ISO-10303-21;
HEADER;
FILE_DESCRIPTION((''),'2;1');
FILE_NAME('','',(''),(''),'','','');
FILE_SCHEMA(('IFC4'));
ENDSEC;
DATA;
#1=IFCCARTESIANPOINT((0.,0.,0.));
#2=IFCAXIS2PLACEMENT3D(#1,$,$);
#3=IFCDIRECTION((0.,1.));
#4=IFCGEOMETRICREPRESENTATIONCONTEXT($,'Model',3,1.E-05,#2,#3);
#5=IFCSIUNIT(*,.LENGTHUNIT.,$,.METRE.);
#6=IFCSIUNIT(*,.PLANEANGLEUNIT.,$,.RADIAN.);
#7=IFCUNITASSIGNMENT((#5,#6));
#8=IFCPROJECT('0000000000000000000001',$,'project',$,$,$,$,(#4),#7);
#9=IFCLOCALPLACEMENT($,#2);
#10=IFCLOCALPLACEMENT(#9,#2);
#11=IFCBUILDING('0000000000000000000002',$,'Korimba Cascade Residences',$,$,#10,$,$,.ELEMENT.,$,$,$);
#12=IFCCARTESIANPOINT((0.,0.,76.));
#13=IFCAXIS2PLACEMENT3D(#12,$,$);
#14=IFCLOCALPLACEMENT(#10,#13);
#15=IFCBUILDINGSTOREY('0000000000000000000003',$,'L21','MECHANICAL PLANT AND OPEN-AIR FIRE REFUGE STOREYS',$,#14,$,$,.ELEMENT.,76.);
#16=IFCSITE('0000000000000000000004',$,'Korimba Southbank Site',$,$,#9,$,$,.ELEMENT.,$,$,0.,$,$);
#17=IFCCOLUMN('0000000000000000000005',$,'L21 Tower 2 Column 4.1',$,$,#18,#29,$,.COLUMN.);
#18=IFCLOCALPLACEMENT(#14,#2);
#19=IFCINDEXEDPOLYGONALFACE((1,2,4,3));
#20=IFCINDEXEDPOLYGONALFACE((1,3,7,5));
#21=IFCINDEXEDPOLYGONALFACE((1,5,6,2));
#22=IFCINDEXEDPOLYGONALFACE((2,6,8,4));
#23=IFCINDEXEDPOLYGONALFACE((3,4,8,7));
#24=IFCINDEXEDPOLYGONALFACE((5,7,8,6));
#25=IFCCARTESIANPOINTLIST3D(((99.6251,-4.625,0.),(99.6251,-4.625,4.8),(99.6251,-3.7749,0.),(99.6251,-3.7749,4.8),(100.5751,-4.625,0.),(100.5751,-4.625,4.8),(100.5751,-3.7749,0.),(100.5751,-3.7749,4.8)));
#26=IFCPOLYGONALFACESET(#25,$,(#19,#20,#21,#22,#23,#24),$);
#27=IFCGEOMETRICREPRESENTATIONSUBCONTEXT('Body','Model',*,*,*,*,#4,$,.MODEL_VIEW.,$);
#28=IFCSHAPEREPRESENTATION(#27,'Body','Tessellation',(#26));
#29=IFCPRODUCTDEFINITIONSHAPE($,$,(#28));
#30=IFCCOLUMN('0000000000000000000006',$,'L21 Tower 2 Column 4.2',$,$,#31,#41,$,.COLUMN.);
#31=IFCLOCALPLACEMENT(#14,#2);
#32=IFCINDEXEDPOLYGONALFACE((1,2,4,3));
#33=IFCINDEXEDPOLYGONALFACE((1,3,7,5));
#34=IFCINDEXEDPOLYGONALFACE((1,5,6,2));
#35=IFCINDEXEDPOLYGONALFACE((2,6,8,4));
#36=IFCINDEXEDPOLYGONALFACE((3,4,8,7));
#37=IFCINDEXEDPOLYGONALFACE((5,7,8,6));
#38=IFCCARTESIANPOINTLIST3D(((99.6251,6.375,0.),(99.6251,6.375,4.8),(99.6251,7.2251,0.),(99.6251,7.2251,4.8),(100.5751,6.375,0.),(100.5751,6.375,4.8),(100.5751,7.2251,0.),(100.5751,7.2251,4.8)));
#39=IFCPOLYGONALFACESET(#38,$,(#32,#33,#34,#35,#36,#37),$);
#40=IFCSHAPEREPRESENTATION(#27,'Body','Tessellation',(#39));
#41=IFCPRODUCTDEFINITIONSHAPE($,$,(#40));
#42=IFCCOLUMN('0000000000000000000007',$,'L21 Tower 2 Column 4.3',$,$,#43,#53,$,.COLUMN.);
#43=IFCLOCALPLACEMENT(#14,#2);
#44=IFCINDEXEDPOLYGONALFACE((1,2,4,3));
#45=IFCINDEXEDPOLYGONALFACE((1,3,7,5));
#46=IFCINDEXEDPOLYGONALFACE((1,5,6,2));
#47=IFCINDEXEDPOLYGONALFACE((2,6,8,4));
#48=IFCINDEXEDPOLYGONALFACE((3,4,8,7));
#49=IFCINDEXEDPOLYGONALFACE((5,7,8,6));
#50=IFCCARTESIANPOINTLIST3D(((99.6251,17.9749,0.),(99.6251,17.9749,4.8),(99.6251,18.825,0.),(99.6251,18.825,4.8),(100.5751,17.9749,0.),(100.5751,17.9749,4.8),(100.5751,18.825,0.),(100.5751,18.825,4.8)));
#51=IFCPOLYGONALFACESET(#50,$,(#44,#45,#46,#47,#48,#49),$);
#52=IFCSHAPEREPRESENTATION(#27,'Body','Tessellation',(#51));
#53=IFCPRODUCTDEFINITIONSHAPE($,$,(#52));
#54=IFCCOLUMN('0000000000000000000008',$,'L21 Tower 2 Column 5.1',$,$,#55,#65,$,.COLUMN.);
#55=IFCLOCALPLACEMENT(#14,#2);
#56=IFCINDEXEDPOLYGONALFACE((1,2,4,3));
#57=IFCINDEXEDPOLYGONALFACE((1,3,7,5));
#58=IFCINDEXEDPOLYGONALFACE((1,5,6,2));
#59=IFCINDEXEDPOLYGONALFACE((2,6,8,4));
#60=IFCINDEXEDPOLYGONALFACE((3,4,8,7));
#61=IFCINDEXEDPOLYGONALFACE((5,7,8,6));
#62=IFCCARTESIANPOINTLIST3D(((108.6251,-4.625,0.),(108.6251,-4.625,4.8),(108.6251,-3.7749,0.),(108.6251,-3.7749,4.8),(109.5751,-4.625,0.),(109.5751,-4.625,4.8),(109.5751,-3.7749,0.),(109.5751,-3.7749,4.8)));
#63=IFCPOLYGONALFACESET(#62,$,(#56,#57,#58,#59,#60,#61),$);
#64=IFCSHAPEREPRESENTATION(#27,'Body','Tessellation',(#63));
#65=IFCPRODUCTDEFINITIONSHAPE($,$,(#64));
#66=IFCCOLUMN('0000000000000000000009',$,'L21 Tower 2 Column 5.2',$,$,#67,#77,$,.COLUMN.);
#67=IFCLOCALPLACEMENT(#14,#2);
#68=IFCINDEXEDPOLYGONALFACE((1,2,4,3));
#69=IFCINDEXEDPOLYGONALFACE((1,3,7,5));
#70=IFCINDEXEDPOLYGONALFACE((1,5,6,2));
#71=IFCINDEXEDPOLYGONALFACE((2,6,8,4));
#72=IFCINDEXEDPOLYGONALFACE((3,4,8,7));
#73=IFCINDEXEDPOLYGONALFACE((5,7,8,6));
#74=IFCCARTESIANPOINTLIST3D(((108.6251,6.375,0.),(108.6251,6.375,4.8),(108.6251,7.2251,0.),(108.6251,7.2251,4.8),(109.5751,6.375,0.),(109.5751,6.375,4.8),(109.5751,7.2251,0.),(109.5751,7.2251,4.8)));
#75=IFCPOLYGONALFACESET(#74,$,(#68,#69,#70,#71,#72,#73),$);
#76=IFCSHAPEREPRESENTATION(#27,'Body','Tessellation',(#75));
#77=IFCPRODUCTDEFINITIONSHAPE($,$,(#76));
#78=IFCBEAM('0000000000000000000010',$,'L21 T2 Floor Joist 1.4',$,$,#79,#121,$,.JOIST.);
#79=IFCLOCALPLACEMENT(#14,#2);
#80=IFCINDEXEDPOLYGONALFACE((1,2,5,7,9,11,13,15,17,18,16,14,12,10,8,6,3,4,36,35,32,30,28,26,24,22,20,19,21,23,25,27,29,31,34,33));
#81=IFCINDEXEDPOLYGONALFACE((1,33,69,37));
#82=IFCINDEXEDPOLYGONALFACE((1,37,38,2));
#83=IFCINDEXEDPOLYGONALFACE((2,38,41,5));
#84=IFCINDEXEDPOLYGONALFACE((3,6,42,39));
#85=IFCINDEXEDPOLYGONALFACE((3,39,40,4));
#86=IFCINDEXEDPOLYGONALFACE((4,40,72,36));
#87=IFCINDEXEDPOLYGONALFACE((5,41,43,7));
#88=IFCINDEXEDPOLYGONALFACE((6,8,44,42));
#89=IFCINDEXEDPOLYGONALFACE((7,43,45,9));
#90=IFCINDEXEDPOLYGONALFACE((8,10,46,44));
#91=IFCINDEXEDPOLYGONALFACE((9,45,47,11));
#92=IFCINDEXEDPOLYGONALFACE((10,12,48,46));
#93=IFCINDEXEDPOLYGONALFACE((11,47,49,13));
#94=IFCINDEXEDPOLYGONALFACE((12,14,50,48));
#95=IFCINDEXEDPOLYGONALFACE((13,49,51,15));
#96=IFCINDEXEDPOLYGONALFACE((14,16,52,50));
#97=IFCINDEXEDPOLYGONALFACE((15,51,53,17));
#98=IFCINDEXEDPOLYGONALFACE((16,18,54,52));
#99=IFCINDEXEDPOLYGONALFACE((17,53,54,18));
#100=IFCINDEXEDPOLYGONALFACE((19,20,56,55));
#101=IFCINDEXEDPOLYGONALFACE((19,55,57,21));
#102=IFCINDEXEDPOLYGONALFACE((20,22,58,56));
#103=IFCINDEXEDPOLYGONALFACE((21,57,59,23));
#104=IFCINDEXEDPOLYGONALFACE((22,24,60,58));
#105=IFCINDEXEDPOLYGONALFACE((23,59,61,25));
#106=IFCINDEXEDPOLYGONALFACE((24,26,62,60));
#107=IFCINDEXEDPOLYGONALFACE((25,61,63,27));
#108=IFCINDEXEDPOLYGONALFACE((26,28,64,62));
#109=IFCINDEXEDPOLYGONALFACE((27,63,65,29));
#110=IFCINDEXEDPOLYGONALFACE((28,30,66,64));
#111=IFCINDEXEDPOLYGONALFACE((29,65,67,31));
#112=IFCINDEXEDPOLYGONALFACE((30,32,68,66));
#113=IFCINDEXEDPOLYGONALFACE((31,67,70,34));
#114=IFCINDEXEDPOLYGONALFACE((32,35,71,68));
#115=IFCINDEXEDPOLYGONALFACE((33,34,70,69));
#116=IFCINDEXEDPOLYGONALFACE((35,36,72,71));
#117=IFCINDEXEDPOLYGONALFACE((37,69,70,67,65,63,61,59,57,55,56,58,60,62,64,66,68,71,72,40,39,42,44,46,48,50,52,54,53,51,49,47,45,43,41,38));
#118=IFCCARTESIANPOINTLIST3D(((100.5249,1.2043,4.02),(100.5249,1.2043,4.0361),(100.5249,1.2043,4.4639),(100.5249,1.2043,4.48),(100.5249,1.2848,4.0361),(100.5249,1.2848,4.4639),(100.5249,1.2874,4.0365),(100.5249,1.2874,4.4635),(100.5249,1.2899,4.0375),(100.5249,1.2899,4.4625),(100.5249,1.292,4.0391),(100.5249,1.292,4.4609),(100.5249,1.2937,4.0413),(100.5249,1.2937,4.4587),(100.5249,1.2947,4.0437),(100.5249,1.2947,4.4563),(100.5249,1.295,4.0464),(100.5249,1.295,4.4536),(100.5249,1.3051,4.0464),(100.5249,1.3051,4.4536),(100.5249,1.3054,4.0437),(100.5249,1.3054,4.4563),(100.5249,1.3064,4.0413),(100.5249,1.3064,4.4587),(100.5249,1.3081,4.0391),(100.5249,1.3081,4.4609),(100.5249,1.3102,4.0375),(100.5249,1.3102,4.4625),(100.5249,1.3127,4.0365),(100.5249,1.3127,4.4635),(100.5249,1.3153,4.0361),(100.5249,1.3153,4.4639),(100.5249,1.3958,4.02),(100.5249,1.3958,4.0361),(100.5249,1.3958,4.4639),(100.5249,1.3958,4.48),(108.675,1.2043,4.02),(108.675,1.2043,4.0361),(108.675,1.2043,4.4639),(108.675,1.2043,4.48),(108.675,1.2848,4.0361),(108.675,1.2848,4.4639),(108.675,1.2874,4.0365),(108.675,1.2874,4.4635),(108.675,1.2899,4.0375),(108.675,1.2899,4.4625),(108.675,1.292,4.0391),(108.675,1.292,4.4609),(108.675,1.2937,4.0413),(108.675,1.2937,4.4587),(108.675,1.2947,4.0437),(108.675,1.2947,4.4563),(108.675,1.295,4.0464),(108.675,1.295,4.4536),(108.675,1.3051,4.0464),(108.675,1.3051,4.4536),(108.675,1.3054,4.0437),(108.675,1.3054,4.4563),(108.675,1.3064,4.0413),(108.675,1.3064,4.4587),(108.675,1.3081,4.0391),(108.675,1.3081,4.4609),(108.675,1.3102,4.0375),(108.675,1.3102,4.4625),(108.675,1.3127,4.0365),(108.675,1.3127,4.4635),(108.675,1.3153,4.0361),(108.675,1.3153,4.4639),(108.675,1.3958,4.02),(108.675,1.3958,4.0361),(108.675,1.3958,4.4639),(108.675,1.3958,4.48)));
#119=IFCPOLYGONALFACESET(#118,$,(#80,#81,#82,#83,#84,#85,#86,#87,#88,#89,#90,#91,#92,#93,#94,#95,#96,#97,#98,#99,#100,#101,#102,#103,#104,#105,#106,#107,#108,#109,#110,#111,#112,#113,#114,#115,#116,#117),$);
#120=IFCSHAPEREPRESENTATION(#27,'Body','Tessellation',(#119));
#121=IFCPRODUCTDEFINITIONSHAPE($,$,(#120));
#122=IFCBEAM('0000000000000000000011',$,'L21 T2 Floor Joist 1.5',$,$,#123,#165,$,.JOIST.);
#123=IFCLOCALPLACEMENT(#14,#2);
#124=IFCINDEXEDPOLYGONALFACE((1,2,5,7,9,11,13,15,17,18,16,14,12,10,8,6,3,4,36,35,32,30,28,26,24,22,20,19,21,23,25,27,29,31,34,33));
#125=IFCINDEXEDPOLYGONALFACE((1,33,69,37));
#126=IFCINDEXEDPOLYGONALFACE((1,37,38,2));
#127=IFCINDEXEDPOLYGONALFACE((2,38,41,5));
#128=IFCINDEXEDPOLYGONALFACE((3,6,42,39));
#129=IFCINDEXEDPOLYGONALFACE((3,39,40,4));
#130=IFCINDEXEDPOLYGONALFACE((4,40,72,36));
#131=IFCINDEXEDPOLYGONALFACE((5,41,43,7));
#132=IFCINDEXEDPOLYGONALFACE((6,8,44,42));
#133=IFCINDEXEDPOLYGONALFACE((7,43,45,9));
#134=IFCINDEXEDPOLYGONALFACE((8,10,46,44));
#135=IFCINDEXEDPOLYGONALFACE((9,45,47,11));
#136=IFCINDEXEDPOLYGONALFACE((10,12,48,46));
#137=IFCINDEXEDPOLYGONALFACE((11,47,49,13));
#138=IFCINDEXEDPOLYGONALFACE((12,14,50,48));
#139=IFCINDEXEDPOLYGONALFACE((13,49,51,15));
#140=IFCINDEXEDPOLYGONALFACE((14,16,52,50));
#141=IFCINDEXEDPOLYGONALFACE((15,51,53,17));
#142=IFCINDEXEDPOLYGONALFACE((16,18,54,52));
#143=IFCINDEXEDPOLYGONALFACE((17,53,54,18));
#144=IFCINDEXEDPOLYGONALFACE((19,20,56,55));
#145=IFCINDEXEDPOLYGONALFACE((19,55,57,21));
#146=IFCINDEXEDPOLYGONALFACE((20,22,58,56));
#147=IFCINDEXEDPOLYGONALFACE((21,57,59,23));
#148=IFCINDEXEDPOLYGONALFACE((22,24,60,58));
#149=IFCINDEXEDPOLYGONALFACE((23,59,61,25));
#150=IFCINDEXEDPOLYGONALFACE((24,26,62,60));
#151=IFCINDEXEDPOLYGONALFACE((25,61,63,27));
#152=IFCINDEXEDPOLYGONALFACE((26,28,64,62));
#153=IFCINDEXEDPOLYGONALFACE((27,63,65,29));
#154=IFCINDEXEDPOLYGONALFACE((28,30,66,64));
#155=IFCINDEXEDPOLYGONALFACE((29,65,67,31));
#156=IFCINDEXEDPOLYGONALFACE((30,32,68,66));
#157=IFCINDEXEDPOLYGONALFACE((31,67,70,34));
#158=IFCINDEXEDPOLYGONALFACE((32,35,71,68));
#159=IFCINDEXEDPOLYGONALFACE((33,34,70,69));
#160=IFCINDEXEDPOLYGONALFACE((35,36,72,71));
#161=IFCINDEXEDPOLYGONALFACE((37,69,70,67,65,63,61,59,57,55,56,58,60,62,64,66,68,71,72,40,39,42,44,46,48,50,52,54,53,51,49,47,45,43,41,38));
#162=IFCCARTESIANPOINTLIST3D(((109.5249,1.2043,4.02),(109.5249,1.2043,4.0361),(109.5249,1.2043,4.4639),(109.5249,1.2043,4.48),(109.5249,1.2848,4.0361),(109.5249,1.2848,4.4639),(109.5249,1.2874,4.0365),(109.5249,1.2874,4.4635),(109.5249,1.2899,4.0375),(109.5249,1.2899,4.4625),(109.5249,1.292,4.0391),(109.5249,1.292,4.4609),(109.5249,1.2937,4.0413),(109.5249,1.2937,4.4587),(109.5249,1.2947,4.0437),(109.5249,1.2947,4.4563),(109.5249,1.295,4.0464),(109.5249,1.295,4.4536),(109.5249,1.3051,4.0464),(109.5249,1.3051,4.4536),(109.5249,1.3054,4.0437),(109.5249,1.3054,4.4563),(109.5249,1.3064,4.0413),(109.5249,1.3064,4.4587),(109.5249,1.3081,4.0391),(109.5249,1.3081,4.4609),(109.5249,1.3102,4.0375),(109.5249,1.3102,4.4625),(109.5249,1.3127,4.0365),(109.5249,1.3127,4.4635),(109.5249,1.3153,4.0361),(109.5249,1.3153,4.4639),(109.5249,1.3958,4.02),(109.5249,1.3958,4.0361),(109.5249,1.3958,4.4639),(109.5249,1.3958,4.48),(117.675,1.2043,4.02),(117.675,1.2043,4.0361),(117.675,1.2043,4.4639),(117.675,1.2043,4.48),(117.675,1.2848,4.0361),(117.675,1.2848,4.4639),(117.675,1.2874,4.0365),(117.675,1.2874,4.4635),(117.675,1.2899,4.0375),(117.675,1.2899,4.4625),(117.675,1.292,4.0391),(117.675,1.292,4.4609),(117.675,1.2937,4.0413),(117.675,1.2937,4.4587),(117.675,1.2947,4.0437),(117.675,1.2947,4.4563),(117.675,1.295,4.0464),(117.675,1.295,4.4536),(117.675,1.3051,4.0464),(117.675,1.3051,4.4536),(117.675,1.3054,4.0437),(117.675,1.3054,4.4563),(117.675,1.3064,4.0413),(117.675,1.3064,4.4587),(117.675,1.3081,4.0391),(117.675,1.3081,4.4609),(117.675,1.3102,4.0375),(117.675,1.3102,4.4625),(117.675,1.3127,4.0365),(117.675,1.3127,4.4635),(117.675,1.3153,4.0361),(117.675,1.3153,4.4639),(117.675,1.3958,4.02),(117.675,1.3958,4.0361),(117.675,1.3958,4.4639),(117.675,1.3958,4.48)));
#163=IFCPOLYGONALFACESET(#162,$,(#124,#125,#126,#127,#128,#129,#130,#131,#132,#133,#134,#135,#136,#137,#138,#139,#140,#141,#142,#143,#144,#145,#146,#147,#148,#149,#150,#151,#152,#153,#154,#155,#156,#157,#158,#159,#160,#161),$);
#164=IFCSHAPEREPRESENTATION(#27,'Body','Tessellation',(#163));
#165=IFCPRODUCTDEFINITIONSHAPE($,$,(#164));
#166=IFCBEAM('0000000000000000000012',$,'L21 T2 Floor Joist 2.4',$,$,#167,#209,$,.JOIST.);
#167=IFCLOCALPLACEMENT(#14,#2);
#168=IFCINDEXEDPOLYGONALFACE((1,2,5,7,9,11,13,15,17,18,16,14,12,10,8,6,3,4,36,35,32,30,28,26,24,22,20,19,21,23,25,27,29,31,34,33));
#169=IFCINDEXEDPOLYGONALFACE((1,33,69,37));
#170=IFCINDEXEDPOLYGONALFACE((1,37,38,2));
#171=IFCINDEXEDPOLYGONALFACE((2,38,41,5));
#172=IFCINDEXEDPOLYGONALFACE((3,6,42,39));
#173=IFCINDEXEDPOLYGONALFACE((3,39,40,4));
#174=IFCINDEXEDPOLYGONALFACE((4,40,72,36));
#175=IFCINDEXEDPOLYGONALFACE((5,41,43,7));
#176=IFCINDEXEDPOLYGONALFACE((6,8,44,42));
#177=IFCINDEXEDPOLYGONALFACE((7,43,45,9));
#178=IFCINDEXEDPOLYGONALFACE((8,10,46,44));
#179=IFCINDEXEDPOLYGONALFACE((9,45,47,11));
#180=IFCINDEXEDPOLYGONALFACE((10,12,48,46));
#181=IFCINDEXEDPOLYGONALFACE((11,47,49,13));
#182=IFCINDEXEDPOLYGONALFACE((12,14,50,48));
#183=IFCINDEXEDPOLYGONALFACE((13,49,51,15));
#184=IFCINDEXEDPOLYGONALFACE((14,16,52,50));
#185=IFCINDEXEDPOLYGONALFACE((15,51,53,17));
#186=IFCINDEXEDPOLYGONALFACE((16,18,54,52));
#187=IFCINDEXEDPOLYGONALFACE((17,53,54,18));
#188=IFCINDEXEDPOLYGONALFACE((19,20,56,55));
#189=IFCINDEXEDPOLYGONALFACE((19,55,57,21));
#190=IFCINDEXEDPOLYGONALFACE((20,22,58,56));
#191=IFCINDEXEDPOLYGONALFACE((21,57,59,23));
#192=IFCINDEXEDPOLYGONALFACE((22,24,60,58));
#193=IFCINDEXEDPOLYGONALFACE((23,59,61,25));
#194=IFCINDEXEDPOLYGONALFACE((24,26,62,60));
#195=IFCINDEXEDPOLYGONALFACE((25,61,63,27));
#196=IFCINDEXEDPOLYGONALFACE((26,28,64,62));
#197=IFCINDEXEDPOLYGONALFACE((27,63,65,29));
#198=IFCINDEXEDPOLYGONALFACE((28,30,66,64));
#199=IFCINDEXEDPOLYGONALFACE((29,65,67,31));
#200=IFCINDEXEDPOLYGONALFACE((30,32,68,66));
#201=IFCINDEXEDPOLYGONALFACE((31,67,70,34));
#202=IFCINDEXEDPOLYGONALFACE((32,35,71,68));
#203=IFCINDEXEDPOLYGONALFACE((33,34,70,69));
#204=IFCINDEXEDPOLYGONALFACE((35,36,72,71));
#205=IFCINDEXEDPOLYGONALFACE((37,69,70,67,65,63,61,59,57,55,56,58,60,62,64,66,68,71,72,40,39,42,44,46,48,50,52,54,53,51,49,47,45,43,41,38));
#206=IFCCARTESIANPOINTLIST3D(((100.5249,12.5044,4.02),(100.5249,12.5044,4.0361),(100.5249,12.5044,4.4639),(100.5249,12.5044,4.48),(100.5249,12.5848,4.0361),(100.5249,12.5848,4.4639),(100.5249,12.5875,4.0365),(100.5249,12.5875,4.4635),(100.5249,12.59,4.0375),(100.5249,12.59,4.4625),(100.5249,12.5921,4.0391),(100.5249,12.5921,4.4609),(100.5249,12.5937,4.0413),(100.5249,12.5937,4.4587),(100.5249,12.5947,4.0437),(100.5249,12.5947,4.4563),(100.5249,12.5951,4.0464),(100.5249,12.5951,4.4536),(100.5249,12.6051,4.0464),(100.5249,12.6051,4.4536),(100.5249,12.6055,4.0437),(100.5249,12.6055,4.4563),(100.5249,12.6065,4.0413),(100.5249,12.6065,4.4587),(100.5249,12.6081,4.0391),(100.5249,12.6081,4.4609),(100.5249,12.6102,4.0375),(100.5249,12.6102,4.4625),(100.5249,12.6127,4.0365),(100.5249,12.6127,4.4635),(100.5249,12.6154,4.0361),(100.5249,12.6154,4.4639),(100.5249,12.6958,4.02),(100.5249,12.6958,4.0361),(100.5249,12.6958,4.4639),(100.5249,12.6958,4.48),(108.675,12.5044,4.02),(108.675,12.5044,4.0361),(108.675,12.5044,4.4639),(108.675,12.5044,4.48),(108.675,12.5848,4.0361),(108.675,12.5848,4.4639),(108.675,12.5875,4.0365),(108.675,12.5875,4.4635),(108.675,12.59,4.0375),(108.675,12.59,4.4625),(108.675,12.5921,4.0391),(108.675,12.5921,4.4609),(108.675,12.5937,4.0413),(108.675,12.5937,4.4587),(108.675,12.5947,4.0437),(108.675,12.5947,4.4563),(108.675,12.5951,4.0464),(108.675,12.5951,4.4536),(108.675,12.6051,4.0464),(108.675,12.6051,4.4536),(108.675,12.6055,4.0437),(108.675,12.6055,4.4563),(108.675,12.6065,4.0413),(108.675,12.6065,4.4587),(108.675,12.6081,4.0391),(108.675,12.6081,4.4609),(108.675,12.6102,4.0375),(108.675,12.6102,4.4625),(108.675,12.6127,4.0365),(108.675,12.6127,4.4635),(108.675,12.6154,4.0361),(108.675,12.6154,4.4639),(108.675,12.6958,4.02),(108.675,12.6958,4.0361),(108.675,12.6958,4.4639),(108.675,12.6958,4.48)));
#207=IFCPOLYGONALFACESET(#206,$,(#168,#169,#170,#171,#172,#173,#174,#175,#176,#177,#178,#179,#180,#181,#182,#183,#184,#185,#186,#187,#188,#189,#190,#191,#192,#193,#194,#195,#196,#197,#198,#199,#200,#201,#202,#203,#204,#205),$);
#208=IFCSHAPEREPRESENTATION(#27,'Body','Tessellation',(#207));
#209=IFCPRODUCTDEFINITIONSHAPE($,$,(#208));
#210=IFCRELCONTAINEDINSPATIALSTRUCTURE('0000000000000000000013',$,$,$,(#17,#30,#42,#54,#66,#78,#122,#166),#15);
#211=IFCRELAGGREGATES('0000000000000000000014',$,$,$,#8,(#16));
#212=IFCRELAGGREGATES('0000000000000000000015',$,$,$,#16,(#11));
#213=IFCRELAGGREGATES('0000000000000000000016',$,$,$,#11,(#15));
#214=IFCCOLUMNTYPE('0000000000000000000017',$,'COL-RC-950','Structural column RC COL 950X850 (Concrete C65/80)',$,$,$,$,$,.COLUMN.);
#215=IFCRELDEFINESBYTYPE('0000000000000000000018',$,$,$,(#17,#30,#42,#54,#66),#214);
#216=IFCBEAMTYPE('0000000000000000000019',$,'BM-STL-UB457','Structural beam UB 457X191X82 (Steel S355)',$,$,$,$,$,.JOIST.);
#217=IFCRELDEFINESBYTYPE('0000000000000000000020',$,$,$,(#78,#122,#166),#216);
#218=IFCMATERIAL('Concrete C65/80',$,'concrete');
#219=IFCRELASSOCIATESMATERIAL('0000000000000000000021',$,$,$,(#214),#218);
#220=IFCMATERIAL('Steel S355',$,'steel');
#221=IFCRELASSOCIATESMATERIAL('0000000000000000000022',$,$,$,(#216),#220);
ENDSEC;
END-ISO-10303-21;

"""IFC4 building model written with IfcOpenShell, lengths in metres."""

from ifc_helpers import new_model, si_unit, direction, frame, origin, origin_2d, place, context, subcontext, project, spatial, rectangle, i_section, extrude, material, material_profile, profile_set, type_object, element, save


model = new_model("IFC4")

# Units and contexts
model_context = context("Model", 3, precision=1e-05, world=origin(), true_north=direction((0.0, 1.0)))
body_context = subcontext(model_context, "Body", "Model", "MODEL_VIEW")
ifc_project = project(units=[si_unit("LENGTHUNIT", "METRE"), si_unit("PLANEANGLEUNIT", "RADIAN")], contexts=[model_context])

# Site, building, storey
site_placement = place(None, origin())
site = spatial("IfcSite", under=ifc_project, at=site_placement, Name="Korimba Southbank Site", CompositionType="ELEMENT", RefElevation=0.0)
building_placement = place(site_placement, origin())
building = spatial("IfcBuilding", under=site, at=building_placement, Name="Korimba Cascade Residences", CompositionType="ELEMENT")
storey_placement = place(building_placement, frame((0.0, 0.0, 76.0)))
storey = spatial("IfcBuildingStorey", under=building, at=storey_placement, Name="L21", Description="MECHANICAL PLANT AND OPEN-AIR FIRE REFUGE STOREYS", CompositionType="ELEMENT", Elevation=76.0)

# Columns
ifc_material_1 = material(Name="Concrete C65/80", Category="concrete")
ifc_material_profile_1 = material_profile(ifc_material_1, rectangle(XDim=0.95, YDim=0.8501, at=origin_2d()), Name="Concrete C65/80")
ifc_profile_set_1 = profile_set([ifc_material_profile_1], Name="Concrete C65/80")
column_type = type_object("IfcColumnType", Name="COL-RC-950", Description="Structural column RC COL 950X850 (Concrete C65/80)", PredefinedType="COLUMN", material=ifc_profile_set_1)
for number, where, z_axis, x_axis, name in (
    (1, (100.1001, -4.2, 0.0), (0.0, 0.0, 1.0), (1.0, 0.0, 0.0), "L21 Tower 2 Column 4.1"),
    (2, (100.1001, 6.8, 0.0), (0.0, 0.0, 1.0), (1.0, 0.0, 0.0), "L21 Tower 2 Column 4.2"),
    (3, (100.1001, 18.3999, 0.0), (0.0, 0.0, 1.0), (1.0, 0.0, 0.0), "L21 Tower 2 Column 4.3"),
    (4, (109.1001, -4.2, 0.0), (0.0, 0.0, 1.0), (1.0, 0.0, 0.0), "L21 Tower 2 Column 5.1"),
    (5, (109.1001, 6.8, 0.0), (0.0, 0.0, 1.0), (1.0, 0.0, 0.0), "L21 Tower 2 Column 5.2"),
):
    element("IfcColumn", number, at=place(storey_placement, frame(where, z_axis=z_axis, x_axis=x_axis)), inside=storey, type_object=column_type, Name=name, PredefinedType="COLUMN", context=body_context, shape_type="SweptSolid", body=[
        extrude(rectangle(XDim=0.95, YDim=0.8501, at=origin_2d()), origin(), (0.0, 0.0, 1.0), 4.8),
    ])

# Beams
ifc_material_2 = material(Name="Steel S355", Category="steel")
ifc_material_profile_2 = material_profile(ifc_material_2, i_section(OverallWidth=0.1914, OverallDepth=0.46, WebThickness=0.01, FlangeThickness=0.0161, FilletRadius=0.0103, at=origin_2d()), Name="Steel S355")
ifc_profile_set_2 = profile_set([ifc_material_profile_2], Name="Steel S355")
beam_type_1 = type_object("IfcBeamType", Name="BM-STL-UB457", Description="Structural beam UB 457X191X82 (Steel S355)", PredefinedType="JOIST", material=ifc_profile_set_2)
for number, where, z_axis, x_axis, name in (
    (6, (100.5249, 1.3, 4.25), (1.0, 0.0, 0.0), (0.0, 1.0, 0.0), "L21 T2 Floor Joist 1.4"),
    (7, (109.5249, 1.3, 4.25), (1.0, 0.0, 0.0), (0.0, 1.0, 0.0), "L21 T2 Floor Joist 1.5"),
    (8, (100.5249, 12.6001, 4.25), (1.0, 0.0, 0.0), (0.0, 1.0, 0.0), "L21 T2 Floor Joist 2.4"),
):
    element("IfcBeam", number, at=place(storey_placement, frame(where, z_axis=z_axis, x_axis=x_axis)), inside=storey, type_object=beam_type_1, Name=name, PredefinedType="JOIST", context=body_context, shape_type="SweptSolid", body=[
        extrude(i_section(OverallWidth=0.1914, OverallDepth=0.46, WebThickness=0.01, FlangeThickness=0.0161, FilletRadius=0.0103, at=origin_2d()), origin(), (0.0, 0.0, 1.0), 8.1501),
    ])

save(model, "model.ifc")
